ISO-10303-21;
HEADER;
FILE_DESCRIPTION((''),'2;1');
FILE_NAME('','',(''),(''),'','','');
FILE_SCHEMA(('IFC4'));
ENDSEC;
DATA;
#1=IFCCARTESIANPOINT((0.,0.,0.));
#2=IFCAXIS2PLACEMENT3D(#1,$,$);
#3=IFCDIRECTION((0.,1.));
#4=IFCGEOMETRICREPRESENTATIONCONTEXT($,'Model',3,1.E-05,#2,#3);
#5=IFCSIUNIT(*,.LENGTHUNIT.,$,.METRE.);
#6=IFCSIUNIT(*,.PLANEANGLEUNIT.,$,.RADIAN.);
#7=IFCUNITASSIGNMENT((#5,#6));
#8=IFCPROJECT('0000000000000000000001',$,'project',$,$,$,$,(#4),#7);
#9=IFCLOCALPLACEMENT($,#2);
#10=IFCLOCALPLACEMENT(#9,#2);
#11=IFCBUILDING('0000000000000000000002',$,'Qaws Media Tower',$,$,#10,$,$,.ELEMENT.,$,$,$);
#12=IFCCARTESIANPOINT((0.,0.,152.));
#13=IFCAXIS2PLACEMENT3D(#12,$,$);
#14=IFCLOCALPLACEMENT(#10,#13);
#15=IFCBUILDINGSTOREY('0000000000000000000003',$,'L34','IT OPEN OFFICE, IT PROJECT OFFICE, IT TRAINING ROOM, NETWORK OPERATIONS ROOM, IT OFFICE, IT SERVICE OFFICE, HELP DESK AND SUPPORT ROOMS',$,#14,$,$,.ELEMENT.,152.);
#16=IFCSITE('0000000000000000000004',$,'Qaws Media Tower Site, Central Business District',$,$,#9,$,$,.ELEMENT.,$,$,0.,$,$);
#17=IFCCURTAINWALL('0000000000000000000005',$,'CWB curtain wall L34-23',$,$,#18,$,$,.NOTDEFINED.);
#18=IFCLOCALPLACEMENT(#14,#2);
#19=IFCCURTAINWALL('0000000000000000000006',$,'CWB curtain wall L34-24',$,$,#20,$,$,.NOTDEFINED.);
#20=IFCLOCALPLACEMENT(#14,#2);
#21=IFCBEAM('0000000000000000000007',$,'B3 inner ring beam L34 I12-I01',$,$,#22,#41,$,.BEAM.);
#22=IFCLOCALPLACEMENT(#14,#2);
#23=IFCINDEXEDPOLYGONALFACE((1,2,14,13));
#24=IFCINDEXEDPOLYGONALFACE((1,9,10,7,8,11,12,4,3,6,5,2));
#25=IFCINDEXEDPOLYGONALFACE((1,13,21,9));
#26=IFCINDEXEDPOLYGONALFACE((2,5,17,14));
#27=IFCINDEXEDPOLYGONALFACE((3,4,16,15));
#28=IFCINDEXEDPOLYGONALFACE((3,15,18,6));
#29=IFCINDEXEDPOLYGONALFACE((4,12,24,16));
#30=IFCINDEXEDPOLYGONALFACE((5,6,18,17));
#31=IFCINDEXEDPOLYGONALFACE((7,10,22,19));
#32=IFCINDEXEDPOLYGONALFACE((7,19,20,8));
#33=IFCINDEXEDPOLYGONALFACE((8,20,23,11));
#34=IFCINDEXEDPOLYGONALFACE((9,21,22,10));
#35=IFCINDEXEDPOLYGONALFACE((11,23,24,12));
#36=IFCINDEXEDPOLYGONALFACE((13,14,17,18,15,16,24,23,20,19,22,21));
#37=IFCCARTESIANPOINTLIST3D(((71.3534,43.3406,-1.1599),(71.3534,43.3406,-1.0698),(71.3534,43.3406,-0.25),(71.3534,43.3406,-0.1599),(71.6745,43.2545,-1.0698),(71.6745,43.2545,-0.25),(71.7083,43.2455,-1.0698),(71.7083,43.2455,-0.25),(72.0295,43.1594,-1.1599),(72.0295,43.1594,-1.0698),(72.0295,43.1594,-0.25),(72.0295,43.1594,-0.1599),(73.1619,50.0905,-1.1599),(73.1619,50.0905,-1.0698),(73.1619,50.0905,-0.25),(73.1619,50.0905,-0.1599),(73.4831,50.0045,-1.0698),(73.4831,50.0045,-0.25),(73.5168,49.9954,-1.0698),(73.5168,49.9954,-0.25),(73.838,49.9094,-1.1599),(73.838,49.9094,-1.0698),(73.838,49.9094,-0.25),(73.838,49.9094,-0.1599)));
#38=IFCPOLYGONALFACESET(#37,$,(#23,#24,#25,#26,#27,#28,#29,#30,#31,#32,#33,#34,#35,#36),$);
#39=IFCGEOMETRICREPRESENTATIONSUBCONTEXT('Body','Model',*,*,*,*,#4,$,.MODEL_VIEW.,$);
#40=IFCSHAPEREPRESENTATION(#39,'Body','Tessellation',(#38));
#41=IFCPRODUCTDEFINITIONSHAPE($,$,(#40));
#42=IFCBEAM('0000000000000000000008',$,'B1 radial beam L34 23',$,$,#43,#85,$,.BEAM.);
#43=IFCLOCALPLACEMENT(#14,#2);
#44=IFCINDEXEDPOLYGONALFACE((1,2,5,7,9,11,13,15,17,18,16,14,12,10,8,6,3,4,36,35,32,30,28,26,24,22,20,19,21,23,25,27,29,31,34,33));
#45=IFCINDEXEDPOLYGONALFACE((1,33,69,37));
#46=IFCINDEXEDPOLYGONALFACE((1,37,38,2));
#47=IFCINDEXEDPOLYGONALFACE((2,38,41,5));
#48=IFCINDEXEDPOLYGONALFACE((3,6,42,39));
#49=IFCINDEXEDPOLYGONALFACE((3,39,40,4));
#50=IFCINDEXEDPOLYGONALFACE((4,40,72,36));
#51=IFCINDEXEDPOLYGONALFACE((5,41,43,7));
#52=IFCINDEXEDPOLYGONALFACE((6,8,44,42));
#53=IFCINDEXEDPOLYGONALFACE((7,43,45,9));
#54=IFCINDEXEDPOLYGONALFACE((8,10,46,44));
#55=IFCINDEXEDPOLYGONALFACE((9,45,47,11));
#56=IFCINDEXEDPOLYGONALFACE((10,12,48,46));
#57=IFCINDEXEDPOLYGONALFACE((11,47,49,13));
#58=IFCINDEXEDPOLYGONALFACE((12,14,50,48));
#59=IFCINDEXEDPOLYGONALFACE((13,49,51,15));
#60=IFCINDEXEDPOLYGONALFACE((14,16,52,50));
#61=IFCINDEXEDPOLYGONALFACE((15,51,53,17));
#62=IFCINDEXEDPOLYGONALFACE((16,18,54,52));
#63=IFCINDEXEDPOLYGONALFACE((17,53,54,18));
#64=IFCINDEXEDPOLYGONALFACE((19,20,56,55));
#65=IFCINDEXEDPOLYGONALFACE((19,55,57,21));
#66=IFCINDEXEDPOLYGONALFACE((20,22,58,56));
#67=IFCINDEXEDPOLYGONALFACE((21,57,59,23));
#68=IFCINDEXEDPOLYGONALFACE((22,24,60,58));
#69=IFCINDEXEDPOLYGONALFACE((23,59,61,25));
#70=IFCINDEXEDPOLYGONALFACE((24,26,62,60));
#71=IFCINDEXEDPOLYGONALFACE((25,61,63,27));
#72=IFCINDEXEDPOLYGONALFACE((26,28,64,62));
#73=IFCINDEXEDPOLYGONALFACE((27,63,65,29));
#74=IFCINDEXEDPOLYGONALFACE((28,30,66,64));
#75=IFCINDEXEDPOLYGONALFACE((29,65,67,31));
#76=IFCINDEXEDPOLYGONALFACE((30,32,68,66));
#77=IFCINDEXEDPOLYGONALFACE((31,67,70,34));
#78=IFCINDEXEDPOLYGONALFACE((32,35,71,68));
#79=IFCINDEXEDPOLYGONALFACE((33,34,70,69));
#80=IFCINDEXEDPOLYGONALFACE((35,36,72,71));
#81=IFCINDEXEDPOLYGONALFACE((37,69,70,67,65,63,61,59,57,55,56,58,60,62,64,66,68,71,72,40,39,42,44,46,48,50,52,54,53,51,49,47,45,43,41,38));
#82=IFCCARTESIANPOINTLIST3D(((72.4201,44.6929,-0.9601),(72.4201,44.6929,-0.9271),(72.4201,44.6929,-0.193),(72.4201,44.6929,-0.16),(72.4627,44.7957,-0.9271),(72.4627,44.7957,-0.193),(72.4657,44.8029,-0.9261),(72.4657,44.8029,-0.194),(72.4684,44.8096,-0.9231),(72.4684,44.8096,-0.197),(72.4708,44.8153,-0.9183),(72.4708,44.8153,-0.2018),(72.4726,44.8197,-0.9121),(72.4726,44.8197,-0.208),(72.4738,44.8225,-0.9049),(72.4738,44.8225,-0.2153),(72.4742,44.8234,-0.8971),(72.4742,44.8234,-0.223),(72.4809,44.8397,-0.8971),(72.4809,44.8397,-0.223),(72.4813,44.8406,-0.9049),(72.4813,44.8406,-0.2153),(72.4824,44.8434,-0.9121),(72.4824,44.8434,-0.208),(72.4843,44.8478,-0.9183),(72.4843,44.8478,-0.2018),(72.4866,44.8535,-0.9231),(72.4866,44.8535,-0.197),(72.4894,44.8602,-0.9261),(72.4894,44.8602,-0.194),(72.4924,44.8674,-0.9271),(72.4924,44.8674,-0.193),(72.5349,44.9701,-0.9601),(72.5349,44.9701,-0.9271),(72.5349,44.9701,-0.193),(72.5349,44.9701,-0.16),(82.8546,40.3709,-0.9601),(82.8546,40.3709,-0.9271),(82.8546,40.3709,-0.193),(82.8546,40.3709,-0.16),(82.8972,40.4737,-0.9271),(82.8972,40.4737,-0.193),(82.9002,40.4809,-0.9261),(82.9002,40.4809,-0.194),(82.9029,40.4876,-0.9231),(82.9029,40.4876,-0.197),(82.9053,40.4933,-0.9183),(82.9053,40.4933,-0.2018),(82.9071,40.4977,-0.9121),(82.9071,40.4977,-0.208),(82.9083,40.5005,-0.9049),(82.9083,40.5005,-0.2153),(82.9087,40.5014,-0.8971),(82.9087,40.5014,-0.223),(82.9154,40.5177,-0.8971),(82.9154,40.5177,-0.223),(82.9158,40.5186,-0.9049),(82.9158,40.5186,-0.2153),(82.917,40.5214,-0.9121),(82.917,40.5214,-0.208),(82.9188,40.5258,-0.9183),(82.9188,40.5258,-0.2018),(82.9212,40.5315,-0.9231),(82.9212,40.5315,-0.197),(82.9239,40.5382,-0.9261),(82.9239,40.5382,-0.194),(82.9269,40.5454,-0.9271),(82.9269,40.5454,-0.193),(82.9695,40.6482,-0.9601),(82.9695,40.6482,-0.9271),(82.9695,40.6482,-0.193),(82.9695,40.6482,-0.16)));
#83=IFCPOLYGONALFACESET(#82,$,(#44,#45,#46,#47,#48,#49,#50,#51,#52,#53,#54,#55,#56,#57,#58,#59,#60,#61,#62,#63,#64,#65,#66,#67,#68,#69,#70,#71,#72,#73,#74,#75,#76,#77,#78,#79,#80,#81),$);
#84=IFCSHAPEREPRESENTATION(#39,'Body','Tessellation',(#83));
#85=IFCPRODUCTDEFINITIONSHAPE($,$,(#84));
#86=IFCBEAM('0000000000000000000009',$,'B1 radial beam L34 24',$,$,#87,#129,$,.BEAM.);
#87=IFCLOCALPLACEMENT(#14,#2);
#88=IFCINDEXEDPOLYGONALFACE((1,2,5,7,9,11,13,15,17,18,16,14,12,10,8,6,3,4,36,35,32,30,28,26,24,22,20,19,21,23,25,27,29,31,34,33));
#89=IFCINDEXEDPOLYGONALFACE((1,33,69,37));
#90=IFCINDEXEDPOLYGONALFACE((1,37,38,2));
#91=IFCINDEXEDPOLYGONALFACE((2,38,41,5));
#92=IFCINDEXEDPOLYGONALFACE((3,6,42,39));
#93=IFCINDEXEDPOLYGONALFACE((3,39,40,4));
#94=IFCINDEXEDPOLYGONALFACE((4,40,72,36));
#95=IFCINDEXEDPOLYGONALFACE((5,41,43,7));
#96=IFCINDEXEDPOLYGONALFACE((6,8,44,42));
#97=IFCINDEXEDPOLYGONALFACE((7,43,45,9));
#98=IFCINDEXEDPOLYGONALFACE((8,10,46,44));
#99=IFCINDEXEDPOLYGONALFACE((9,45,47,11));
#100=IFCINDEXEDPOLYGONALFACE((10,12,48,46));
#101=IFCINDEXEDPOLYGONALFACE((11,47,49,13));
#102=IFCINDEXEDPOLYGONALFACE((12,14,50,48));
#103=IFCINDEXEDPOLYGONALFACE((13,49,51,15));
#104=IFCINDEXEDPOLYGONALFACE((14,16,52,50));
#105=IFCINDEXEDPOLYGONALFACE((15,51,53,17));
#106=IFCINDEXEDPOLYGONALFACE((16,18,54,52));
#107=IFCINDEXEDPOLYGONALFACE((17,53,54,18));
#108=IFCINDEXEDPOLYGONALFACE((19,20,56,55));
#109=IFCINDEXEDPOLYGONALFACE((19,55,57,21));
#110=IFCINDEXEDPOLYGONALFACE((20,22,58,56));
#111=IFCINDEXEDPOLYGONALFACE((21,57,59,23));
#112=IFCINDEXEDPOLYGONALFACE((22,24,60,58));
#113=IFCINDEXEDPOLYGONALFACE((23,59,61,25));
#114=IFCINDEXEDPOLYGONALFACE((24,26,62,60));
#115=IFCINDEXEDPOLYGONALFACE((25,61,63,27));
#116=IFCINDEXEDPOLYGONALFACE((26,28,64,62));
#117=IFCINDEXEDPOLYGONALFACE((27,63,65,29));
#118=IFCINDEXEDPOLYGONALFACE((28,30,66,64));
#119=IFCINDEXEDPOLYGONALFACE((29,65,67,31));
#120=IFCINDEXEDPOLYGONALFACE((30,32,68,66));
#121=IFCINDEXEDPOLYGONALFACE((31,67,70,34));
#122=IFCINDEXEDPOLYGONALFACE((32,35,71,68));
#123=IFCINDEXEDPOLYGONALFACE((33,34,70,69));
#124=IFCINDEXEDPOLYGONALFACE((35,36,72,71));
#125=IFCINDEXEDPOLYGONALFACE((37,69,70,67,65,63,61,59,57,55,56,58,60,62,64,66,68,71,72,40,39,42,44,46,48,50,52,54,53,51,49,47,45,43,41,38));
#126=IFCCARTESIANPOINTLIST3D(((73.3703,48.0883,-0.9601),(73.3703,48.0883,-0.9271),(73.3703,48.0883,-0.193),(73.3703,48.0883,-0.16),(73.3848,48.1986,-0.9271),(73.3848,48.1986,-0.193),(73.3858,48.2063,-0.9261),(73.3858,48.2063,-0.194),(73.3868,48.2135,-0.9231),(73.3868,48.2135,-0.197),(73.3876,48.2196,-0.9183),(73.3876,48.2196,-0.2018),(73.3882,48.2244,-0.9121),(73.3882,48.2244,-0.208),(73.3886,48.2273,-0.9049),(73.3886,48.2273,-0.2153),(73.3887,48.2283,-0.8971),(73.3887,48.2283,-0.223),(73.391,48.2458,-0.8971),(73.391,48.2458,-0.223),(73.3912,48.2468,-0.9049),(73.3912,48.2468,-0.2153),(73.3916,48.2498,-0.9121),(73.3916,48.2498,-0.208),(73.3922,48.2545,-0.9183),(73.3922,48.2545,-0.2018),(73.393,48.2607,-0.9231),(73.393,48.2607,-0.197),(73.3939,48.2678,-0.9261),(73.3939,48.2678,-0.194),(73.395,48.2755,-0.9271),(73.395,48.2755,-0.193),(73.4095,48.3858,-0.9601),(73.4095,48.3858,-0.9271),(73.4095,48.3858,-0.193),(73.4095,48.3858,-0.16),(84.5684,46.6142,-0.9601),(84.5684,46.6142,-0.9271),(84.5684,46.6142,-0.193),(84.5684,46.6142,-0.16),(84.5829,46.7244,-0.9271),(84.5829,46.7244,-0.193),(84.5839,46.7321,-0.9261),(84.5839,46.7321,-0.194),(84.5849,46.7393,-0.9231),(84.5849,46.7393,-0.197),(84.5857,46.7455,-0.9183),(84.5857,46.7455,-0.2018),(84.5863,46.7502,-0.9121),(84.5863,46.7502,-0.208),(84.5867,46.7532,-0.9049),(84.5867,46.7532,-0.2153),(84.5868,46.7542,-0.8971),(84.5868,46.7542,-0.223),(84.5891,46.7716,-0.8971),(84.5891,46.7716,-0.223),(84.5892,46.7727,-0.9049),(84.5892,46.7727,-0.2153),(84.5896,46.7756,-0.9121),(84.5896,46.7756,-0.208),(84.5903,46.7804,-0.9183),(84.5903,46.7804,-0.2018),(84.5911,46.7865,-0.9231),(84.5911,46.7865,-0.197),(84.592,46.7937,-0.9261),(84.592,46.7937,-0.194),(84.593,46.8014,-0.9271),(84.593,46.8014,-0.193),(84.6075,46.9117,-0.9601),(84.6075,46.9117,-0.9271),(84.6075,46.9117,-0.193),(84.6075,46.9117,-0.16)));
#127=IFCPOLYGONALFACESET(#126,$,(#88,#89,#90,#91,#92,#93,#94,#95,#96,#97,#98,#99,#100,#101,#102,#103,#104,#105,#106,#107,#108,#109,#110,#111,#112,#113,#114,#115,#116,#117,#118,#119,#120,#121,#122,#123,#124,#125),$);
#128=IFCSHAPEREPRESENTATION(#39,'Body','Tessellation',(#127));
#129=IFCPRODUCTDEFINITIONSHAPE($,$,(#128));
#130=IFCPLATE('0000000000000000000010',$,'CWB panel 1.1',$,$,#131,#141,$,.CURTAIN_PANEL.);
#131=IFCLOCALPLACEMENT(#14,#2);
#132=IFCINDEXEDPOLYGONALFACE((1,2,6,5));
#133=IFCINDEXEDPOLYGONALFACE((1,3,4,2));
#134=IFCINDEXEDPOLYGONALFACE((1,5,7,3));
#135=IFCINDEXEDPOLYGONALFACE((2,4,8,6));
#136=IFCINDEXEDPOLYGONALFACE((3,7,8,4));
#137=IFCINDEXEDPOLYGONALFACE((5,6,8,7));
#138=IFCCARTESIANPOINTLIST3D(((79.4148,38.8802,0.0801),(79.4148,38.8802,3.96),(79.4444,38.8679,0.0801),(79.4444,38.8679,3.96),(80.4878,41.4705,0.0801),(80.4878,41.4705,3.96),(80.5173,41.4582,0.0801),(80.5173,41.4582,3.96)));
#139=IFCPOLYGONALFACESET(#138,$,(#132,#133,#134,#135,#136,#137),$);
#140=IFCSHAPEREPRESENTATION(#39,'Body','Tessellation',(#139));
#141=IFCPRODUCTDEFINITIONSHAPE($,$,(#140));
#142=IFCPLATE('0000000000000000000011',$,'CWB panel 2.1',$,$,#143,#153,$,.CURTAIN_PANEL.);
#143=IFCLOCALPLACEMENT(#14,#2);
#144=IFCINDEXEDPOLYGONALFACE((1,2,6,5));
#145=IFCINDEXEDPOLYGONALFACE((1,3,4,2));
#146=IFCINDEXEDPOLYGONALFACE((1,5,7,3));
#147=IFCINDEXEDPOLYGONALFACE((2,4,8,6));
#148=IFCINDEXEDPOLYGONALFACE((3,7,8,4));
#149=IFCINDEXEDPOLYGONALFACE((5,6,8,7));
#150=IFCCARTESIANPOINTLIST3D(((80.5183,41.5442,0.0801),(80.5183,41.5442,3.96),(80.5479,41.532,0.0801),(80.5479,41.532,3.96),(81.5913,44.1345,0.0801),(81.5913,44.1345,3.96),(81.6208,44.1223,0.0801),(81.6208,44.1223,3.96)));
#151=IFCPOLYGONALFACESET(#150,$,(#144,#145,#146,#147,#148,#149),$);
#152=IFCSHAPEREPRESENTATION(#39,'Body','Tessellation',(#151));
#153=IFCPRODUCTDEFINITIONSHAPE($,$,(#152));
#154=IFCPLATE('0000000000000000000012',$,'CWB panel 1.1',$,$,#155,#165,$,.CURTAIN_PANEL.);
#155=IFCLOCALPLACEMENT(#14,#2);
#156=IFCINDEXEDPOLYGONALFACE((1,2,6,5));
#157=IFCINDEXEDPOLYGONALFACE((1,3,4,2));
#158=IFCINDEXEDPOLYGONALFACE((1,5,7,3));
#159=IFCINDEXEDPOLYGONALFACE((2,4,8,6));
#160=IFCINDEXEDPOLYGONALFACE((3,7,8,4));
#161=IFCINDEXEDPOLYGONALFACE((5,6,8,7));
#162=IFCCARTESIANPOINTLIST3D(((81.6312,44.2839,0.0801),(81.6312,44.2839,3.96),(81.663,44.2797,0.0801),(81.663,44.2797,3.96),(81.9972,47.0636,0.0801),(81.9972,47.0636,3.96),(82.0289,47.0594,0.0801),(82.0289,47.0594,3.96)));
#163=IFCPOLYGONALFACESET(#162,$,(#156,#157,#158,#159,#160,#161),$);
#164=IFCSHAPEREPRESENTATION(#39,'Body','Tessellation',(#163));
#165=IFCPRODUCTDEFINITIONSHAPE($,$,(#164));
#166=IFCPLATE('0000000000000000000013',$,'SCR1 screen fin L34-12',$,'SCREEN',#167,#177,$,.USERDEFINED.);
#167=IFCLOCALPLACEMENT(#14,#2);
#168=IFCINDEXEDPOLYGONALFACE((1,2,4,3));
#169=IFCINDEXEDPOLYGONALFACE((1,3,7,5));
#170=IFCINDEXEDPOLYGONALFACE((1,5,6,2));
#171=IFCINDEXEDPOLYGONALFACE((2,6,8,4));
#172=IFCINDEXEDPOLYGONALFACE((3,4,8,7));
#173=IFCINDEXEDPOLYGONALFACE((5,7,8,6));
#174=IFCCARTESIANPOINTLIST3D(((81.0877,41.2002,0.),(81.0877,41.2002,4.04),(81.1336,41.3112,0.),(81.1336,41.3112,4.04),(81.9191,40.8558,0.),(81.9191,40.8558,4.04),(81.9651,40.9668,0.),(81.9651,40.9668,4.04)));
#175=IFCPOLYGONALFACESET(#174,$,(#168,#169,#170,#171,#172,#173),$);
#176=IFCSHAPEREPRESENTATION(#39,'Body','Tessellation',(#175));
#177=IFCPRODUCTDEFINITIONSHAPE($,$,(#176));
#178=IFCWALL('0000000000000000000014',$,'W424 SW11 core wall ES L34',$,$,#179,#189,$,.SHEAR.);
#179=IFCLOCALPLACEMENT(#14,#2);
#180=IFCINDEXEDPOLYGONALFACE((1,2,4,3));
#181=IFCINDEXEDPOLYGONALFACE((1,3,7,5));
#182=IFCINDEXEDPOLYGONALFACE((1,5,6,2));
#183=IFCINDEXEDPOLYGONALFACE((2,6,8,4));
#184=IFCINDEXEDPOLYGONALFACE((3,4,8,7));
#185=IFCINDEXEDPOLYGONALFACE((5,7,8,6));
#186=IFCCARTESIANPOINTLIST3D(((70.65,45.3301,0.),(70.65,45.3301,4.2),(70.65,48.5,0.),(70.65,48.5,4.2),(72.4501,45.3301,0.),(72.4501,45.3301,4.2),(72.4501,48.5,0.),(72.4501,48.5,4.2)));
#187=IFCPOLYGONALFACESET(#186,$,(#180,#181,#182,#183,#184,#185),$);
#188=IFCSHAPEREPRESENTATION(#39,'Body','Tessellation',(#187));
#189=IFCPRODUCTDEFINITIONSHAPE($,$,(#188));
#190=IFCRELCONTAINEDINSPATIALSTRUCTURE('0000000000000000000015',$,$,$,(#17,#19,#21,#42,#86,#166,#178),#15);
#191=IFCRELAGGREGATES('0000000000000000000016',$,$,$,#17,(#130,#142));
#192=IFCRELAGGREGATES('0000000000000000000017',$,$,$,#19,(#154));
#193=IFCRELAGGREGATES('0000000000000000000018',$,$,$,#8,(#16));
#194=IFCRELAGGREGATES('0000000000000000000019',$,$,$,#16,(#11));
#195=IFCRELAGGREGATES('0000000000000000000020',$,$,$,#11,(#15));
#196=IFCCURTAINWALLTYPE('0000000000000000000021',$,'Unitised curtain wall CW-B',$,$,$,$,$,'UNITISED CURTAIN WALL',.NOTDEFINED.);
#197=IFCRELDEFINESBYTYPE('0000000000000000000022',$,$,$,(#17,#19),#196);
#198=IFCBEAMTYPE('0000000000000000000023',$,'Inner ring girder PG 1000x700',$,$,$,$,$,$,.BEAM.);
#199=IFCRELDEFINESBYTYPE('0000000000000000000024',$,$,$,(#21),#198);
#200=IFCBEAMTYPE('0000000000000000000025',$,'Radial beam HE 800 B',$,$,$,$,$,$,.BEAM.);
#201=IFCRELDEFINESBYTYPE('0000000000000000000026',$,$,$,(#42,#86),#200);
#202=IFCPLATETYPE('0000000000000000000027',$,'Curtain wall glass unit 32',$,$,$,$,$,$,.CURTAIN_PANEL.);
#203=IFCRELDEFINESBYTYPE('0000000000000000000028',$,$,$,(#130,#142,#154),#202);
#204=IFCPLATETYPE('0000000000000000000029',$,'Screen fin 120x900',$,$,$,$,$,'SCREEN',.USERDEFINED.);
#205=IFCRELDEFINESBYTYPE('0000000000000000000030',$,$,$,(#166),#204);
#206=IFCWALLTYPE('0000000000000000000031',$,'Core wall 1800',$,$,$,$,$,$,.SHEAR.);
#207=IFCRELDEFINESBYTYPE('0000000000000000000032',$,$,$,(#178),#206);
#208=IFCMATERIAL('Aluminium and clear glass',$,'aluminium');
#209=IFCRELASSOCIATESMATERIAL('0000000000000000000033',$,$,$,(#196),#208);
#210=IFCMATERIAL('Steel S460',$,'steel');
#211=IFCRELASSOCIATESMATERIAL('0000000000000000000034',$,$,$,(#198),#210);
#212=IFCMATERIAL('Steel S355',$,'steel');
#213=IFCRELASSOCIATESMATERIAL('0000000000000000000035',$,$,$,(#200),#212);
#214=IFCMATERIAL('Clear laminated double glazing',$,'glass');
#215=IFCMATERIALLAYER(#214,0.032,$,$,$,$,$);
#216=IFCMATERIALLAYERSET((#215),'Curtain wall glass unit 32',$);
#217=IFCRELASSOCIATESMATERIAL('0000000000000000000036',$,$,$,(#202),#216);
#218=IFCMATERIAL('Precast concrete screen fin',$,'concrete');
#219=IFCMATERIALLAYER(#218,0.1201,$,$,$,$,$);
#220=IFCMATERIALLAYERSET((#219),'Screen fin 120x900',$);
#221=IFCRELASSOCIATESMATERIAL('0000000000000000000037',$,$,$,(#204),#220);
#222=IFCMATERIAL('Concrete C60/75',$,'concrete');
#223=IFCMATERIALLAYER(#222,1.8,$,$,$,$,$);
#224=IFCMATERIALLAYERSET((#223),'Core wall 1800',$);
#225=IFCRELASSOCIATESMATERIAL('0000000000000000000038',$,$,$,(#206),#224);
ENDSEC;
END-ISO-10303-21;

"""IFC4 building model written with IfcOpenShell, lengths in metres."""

from ifc_helpers import new_model, si_unit, direction, frame, frame_2d, origin, origin_2d, place, context, subcontext, project, spatial, rectangle, i_section, extrude, material, layer, layer_set, material_profile, profile_set, type_object, element, aggregate, save


model = new_model("IFC4")

# Units and contexts
model_context = context("Model", 3, precision=1e-05, world=origin(), true_north=direction((0.0, 1.0)))
body_context = subcontext(model_context, "Body", "Model", "MODEL_VIEW")
ifc_project = project(units=[si_unit("LENGTHUNIT", "METRE"), si_unit("PLANEANGLEUNIT", "RADIAN")], contexts=[model_context])

# Site, building, storey
site_placement = place(None, origin())
site = spatial("IfcSite", under=ifc_project, at=site_placement, Name="Qaws Media Tower Site, Central Business District", CompositionType="ELEMENT", RefElevation=0.0)
building_placement = place(site_placement, origin())
building = spatial("IfcBuilding", under=site, at=building_placement, Name="Qaws Media Tower", CompositionType="ELEMENT")
storey_placement = place(building_placement, frame((0.0, 0.0, 152.0)))
storey = spatial("IfcBuildingStorey", under=building, at=storey_placement, Name="L34", Description="IT OPEN OFFICE, IT PROJECT OFFICE, IT TRAINING ROOM, NETWORK OPERATIONS ROOM, IT OFFICE, IT SERVICE OFFICE, HELP DESK AND SUPPORT ROOMS", CompositionType="ELEMENT", Elevation=152.0)

# Curtain walls
ifc_material_1 = material(Name="Aluminium and clear glass", Category="aluminium")
curtain_wall_type = type_object("IfcCurtainWallType", Name="Unitised curtain wall CW-B", ElementType="UNITISED CURTAIN WALL", PredefinedType="NOTDEFINED", material=ifc_material_1)
curtain_wall_1_placement = place(storey_placement, origin())
curtain_wall_1 = element("IfcCurtainWall", 1, at=curtain_wall_1_placement, inside=storey, type_object=curtain_wall_type, Name="CWB curtain wall L34-23", PredefinedType="NOTDEFINED")
curtain_wall_2_placement = place(storey_placement, origin())
curtain_wall_2 = element("IfcCurtainWall", 2, at=curtain_wall_2_placement, inside=storey, type_object=curtain_wall_type, Name="CWB curtain wall L34-24", PredefinedType="NOTDEFINED")

# Beams
ifc_material_2 = material(Name="Steel S460", Category="steel")
ifc_material_profile_1 = material_profile(ifc_material_2, i_section(OverallWidth=0.7, OverallDepth=1.0, WebThickness=0.0349, FlangeThickness=0.0901, at=origin_2d()), Name="PG 1000x700")
ifc_profile_set_1 = profile_set([ifc_material_profile_1], Name="Steel S460")
beam_type_1 = type_object("IfcBeamType", Name="Inner ring girder PG 1000x700", PredefinedType="BEAM", material=ifc_profile_set_1)
beam_1_placement = place(storey_placement, frame((71.6914, 43.25, -0.6599), z_axis=(0.258811, 0.965928, 0.0), x_axis=(-0.965928, 0.258811, 0.0)))
element("IfcBeam", 3, at=beam_1_placement, inside=storey, type_object=beam_type_1, Name="B3 inner ring beam L34 I12-I01", PredefinedType="BEAM", context=body_context, shape_type="SweptSolid", body=[
    extrude(i_section(OverallWidth=0.7, OverallDepth=1.0, WebThickness=0.0349, FlangeThickness=0.0901, at=origin_2d()), origin(), (0.0, 0.0, 1.0), 6.988),
])
ifc_material_3 = material(Name="Steel S355", Category="steel")
ifc_material_profile_2 = material_profile(ifc_material_3, i_section(OverallWidth=0.3, OverallDepth=0.8, WebThickness=0.0176, FlangeThickness=0.033, FilletRadius=0.03, at=origin_2d()), Name="HE 800 B")
ifc_profile_set_2 = profile_set([ifc_material_profile_2], Name="Steel S355")
beam_type_2 = type_object("IfcBeamType", Name="Radial beam HE 800 B", PredefinedType="BEAM", material=ifc_profile_set_2)
beam_2_placement = place(storey_placement, frame((72.4775, 44.8315, -0.5601), z_axis=(0.923883, -0.382674, 0.0), x_axis=(0.382674, 0.923883, 0.0)))
element("IfcBeam", 4, at=beam_2_placement, inside=storey, type_object=beam_type_2, Name="B1 radial beam L34 23", PredefinedType="BEAM", context=body_context, shape_type="SweptSolid", body=[
    extrude(i_section(OverallWidth=0.3, OverallDepth=0.8, WebThickness=0.0176, FlangeThickness=0.033, FilletRadius=0.03, at=origin_2d()), origin(), (0.0, 0.0, 1.0), 11.2942),
])
beam_3_placement = place(storey_placement, frame((73.3899, 48.2371, -0.5601), z_axis=(0.991446, -0.130515, 0.0), x_axis=(0.130515, 0.991446, 0.0)))
element("IfcBeam", 5, at=beam_3_placement, inside=storey, type_object=beam_type_2, Name="B1 radial beam L34 24", PredefinedType="BEAM", context=body_context, shape_type="SweptSolid", body=[
    extrude(i_section(OverallWidth=0.3, OverallDepth=0.8, WebThickness=0.0176, FlangeThickness=0.033, FilletRadius=0.03, at=origin_2d()), origin(), (0.0, 0.0, 1.0), 11.2947),
])

# Plates
ifc_material_4 = material(Name="Clear laminated double glazing", Category="glass")
ifc_layer_1 = layer(ifc_material_4, 0.032)
ifc_layer_set_1 = layer_set([ifc_layer_1], Name="Curtain wall glass unit 32")
plate_type_1 = type_object("IfcPlateType", Name="Curtain wall glass unit 32", PredefinedType="CURTAIN_PANEL", material=ifc_layer_set_1)
plate_1_placement = place(storey_placement, frame((79.9661, 40.1692, 0.0801), z_axis=(0.0, 0.0, 1.0), x_axis=(0.382684, 0.923879, 0.0)))
plate_1 = element("IfcPlate", 6, at=plate_1_placement, type_object=plate_type_1, Name="CWB panel 1.1", PredefinedType="CURTAIN_PANEL", context=body_context, shape_type="SweptSolid", body=[
    extrude(rectangle(XDim=2.8037, YDim=0.032, at=origin_2d()), origin(), (0.0, 0.0, 1.0), 3.8799),
])
plate_2_placement = place(storey_placement, frame((81.0696, 42.8333, 0.0801), z_axis=(0.0, 0.0, 1.0), x_axis=(0.382684, 0.923879, 0.0)))
plate_2 = element("IfcPlate", 7, at=plate_2_placement, type_object=plate_type_1, Name="CWB panel 2.1", PredefinedType="CURTAIN_PANEL", context=body_context, shape_type="SweptSolid", body=[
    extrude(rectangle(XDim=2.8037, YDim=0.032, at=origin_2d()), origin(), (0.0, 0.0, 1.0), 3.8799),
])
aggregate(curtain_wall_1, [plate_1, plate_2])
plate_3_placement = place(storey_placement, frame((81.8301, 45.6716, 0.0801), z_axis=(0.0, 0.0, 1.0), x_axis=(0.130526, 0.991445, 0.0)))
plate_3 = element("IfcPlate", 8, at=plate_3_placement, type_object=plate_type_1, Name="CWB panel 1.1", PredefinedType="CURTAIN_PANEL", context=body_context, shape_type="SweptSolid", body=[
    extrude(rectangle(XDim=2.8037, YDim=0.032, at=origin_2d()), origin(), (0.0, 0.0, 1.0), 3.8799),
])
aggregate(curtain_wall_2, [plate_3])
ifc_material_5 = material(Name="Precast concrete screen fin", Category="concrete")
ifc_layer_2 = layer(ifc_material_5, 0.1201)
ifc_layer_set_2 = layer_set([ifc_layer_2], Name="Screen fin 120x900")
plate_type_2 = type_object("IfcPlateType", Name="Screen fin 120x900", ElementType="SCREEN", PredefinedType="USERDEFINED", material=ifc_layer_set_2)
plate_4_placement = place(storey_placement, frame((81.5264, 41.0835, 0.0), z_axis=(0.0, 0.0, 1.0), x_axis=(0.92388, -0.382683, 0.0)))
element("IfcPlate", 9, at=plate_4_placement, inside=storey, type_object=plate_type_2, Name="SCR1 screen fin L34-12", ObjectType="SCREEN", PredefinedType="USERDEFINED", context=body_context, shape_type="SweptSolid", body=[
    extrude(rectangle(XDim=0.8999, YDim=0.1201, at=origin_2d()), origin(), (0.0, 0.0, 1.0), 4.04),
])

# Wall
ifc_material_6 = material(Name="Concrete C60/75", Category="concrete")
ifc_layer_3 = layer(ifc_material_6, 1.8)
ifc_layer_set_3 = layer_set([ifc_layer_3], Name="Core wall 1800")
wall_type_1 = type_object("IfcWallType", Name="Core wall 1800", PredefinedType="SHEAR", material=ifc_layer_set_3)
wall_1_placement = place(storey_placement, frame((71.55, 45.3301, 0.0), z_axis=(0.0, 0.0, 1.0), x_axis=(0.0, 1.0, 0.0)))
element("IfcWall", 10, at=wall_1_placement, inside=storey, type_object=wall_type_1, Name="W424 SW11 core wall ES L34", PredefinedType="SHEAR", context=body_context, shape_type="SweptSolid", body=[
    extrude(rectangle(XDim=3.1699, YDim=1.8, at=frame_2d((1.585, 0.0))), origin(), (0.0, 0.0, 1.0), 4.2),
])

save(model, "model.ifc")
